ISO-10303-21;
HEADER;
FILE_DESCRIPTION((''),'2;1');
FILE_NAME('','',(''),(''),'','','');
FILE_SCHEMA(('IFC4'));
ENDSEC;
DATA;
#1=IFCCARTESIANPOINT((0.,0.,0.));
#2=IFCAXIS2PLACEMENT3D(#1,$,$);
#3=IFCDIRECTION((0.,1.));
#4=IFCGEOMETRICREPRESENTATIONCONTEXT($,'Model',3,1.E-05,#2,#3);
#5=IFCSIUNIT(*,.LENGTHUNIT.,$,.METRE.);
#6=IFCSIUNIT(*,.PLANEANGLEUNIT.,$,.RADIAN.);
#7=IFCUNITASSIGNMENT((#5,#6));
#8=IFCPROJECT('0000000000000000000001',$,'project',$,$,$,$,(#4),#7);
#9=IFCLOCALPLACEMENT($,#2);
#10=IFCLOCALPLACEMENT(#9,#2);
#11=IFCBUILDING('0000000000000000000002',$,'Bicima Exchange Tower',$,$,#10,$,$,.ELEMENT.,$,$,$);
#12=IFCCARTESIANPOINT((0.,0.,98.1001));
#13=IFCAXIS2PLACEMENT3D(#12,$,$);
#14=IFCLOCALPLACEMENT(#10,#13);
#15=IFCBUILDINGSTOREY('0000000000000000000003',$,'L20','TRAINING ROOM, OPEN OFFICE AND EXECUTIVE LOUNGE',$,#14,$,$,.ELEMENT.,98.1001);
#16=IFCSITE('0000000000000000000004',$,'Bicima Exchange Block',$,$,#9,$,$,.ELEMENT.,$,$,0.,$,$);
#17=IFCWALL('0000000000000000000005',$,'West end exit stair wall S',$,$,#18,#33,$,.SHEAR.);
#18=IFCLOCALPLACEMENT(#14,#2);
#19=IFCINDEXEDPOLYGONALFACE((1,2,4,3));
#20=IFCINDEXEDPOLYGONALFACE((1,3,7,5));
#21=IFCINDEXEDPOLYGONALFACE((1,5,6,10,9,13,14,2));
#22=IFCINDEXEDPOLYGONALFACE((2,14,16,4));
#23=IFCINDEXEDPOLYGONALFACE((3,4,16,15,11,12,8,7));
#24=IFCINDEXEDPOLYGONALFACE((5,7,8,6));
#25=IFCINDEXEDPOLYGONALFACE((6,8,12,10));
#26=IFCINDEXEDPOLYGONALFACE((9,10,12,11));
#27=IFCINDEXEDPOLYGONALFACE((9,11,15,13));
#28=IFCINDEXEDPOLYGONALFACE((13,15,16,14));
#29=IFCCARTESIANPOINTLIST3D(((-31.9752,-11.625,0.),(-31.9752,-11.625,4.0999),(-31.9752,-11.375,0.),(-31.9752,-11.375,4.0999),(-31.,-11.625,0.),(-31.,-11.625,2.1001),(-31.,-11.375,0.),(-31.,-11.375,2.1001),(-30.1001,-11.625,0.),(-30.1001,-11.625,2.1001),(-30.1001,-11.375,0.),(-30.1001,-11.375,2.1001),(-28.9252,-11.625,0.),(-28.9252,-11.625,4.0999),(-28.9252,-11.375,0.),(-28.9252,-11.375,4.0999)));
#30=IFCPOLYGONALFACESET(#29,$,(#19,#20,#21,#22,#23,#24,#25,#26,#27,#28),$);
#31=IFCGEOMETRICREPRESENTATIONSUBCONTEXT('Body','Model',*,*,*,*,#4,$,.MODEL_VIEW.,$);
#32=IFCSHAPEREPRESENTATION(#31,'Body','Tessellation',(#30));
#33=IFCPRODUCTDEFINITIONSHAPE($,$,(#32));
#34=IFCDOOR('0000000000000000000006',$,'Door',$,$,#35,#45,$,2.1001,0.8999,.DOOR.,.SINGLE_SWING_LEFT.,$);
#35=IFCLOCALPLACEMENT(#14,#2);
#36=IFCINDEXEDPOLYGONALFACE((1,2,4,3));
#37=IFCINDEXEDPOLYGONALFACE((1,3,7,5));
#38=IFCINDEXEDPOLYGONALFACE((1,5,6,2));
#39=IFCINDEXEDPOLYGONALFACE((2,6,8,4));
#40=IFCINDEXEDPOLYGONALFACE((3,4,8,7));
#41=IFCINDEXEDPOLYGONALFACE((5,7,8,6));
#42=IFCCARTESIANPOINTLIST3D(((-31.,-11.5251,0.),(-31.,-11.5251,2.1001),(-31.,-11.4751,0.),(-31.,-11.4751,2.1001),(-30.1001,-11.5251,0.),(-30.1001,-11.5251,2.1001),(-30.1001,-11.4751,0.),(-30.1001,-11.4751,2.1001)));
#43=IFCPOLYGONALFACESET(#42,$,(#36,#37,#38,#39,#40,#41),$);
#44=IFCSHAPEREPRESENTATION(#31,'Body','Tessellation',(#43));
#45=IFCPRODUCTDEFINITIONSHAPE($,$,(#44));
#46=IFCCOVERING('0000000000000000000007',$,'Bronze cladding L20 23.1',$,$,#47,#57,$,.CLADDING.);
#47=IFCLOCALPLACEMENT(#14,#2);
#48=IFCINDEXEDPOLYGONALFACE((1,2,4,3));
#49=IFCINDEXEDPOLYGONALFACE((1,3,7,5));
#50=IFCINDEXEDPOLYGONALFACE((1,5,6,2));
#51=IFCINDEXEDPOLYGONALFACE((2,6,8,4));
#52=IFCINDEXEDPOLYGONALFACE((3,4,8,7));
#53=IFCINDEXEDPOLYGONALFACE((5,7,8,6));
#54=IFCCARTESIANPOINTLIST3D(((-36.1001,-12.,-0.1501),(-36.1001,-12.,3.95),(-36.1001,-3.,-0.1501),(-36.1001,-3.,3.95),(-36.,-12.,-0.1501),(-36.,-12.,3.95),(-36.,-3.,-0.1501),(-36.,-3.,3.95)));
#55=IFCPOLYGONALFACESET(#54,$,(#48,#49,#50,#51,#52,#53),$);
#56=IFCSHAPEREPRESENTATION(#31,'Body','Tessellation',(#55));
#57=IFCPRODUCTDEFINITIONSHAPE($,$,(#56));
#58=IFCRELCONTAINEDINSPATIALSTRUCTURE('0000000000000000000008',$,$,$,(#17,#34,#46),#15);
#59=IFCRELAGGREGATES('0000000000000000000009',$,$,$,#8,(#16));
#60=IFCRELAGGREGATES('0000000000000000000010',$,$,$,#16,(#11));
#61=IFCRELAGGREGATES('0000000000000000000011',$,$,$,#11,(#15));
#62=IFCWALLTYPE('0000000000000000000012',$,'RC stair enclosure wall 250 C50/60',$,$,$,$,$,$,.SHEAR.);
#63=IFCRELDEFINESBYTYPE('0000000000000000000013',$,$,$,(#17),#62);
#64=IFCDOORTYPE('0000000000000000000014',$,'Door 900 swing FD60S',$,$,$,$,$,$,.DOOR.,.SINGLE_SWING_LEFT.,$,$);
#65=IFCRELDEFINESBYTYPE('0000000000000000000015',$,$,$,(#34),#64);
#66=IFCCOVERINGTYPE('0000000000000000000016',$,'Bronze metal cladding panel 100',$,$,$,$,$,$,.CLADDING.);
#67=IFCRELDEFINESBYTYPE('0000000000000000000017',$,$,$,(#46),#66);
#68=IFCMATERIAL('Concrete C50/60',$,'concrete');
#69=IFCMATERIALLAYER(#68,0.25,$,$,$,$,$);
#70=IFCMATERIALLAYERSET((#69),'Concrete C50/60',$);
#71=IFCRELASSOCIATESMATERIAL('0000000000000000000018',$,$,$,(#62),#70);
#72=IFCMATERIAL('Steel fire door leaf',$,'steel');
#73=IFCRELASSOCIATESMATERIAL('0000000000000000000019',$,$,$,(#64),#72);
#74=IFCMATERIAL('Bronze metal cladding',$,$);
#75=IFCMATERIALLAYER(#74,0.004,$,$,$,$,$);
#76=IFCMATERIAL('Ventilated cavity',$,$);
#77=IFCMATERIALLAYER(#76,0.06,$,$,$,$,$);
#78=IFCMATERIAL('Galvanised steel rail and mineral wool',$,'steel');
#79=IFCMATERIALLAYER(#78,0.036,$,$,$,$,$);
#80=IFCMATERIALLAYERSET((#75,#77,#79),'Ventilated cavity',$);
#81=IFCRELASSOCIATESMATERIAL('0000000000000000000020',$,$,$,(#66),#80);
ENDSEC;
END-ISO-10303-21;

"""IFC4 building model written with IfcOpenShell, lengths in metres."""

from ifc_helpers import new_model, si_unit, direction, frame, frame_2d, origin, origin_2d, place, context, subcontext, project, spatial, rectangle, extrude, material, layer, layer_set, type_object, element, fill, save


model = new_model("IFC4")

# Units and contexts
model_context = context("Model", 3, precision=1e-05, world=origin(), true_north=direction((0.0, 1.0)))
body_context = subcontext(model_context, "Body", "Model", "MODEL_VIEW")
ifc_project = project(units=[si_unit("LENGTHUNIT", "METRE"), si_unit("PLANEANGLEUNIT", "RADIAN")], contexts=[model_context])

# Site, building, storey
site_placement = place(None, origin())
site = spatial("IfcSite", under=ifc_project, at=site_placement, Name="Bicima Exchange Block", CompositionType="ELEMENT", RefElevation=0.0)
building_placement = place(site_placement, origin())
building = spatial("IfcBuilding", under=site, at=building_placement, Name="Bicima Exchange Tower", CompositionType="ELEMENT")
storey_placement = place(building_placement, frame((0.0, 0.0, 98.1001)))
storey = spatial("IfcBuildingStorey", under=building, at=storey_placement, Name="L20", Description="TRAINING ROOM, OPEN OFFICE AND EXECUTIVE LOUNGE", CompositionType="ELEMENT", Elevation=98.1001)

# Shared definitions
ifc_material_1 = material(Name="Steel fire door leaf", Category="steel")

# Shared definitions
ifc_material_2 = material(Name="Concrete C50/60", Category="concrete")
ifc_layer_1 = layer(ifc_material_2, 0.25)
ifc_layer_set_1 = layer_set([ifc_layer_1], Name="Concrete C50/60")
wall_type_1 = type_object("IfcWallType", Name="RC stair enclosure wall 250 C50/60", PredefinedType="SHEAR", material=ifc_layer_set_1)

# Wall, opening, door
wall_1_placement = place(storey_placement, frame((-31.9751, -11.5, 0.0), z_axis=(0.0, 0.0, 1.0), x_axis=(1.0, 0.0, 0.0)))
wall_1 = element("IfcWall", 1, at=wall_1_placement, inside=storey, type_object=wall_type_1, Name="West end exit stair wall S", PredefinedType="SHEAR", context=body_context, shape_type="SweptSolid", body=[
    extrude(rectangle(XDim=3.05, YDim=0.25, at=frame_2d((1.5249, 0.0))), origin(), (0.0, 0.0, 1.0), 4.0999),
])
opening_1_placement = place(wall_1_placement, frame((0.9751, 0.0, 0.0)))
opening_1 = element("IfcOpeningElement", 2, at=opening_1_placement, cuts=wall_1, PredefinedType="OPENING", context=body_context, shape_type="SweptSolid", body=[
    extrude(rectangle(XDim=0.8999, YDim=2.1001, at=frame_2d((0.45, 1.05))), frame((0.0, 0.137, 0.0), z_axis=(0.0, -1.0, 0.0), x_axis=(1.0, 0.0, 0.0)), (0.0, 0.0, 1.0), 0.2739),
])
door_type_1 = type_object("IfcDoorType", Name="Door 900 swing FD60S", OperationType="SINGLE_SWING_LEFT", PredefinedType="DOOR", material=ifc_material_1)
door_1_placement = place(opening_1_placement, origin())
door_1 = element("IfcDoor", 3, at=door_1_placement, inside=storey, type_object=door_type_1, Name="Door", OperationType="SINGLE_SWING_LEFT", OverallHeight=2.1001, OverallWidth=0.8999, PredefinedType="DOOR", context=body_context, shape_type="SweptSolid", body=[
    extrude(rectangle(XDim=0.8999, YDim=2.1001, at=frame_2d((0.45, 1.05))), frame((0.0, 0.0249, 0.0), z_axis=(0.0, -1.0, 0.0), x_axis=(1.0, 0.0, 0.0)), (0.0, 0.0, 1.0), 0.05),
])
fill(opening_1, door_1)

# Covering
ifc_material_3 = material(Name="Bronze metal cladding")
ifc_layer_2 = layer(ifc_material_3, 0.004)
ifc_material_4 = material(Name="Ventilated cavity")
ifc_layer_3 = layer(ifc_material_4, 0.06)
ifc_material_5 = material(Name="Galvanised steel rail and mineral wool", Category="steel")
ifc_layer_4 = layer(ifc_material_5, 0.036)
ifc_layer_set_2 = layer_set([ifc_layer_2, ifc_layer_3, ifc_layer_4], Name="Ventilated cavity")
covering_type = type_object("IfcCoveringType", Name="Bronze metal cladding panel 100", PredefinedType="CLADDING", material=ifc_layer_set_2)
covering_placement = place(storey_placement, frame((-36.05, -7.5, -0.1501), z_axis=(0.0, 0.0, 1.0), x_axis=(0.0, -1.0, 0.0)))
element("IfcCovering", 4, at=covering_placement, inside=storey, type_object=covering_type, Name="Bronze cladding L20 23.1", PredefinedType="CLADDING", context=body_context, shape_type="SweptSolid", body=[
    extrude(rectangle(XDim=9.0, YDim=0.1001, at=origin_2d()), origin(), (0.0, 0.0, 1.0), 4.1001),
])

save(model, "model.ifc")
